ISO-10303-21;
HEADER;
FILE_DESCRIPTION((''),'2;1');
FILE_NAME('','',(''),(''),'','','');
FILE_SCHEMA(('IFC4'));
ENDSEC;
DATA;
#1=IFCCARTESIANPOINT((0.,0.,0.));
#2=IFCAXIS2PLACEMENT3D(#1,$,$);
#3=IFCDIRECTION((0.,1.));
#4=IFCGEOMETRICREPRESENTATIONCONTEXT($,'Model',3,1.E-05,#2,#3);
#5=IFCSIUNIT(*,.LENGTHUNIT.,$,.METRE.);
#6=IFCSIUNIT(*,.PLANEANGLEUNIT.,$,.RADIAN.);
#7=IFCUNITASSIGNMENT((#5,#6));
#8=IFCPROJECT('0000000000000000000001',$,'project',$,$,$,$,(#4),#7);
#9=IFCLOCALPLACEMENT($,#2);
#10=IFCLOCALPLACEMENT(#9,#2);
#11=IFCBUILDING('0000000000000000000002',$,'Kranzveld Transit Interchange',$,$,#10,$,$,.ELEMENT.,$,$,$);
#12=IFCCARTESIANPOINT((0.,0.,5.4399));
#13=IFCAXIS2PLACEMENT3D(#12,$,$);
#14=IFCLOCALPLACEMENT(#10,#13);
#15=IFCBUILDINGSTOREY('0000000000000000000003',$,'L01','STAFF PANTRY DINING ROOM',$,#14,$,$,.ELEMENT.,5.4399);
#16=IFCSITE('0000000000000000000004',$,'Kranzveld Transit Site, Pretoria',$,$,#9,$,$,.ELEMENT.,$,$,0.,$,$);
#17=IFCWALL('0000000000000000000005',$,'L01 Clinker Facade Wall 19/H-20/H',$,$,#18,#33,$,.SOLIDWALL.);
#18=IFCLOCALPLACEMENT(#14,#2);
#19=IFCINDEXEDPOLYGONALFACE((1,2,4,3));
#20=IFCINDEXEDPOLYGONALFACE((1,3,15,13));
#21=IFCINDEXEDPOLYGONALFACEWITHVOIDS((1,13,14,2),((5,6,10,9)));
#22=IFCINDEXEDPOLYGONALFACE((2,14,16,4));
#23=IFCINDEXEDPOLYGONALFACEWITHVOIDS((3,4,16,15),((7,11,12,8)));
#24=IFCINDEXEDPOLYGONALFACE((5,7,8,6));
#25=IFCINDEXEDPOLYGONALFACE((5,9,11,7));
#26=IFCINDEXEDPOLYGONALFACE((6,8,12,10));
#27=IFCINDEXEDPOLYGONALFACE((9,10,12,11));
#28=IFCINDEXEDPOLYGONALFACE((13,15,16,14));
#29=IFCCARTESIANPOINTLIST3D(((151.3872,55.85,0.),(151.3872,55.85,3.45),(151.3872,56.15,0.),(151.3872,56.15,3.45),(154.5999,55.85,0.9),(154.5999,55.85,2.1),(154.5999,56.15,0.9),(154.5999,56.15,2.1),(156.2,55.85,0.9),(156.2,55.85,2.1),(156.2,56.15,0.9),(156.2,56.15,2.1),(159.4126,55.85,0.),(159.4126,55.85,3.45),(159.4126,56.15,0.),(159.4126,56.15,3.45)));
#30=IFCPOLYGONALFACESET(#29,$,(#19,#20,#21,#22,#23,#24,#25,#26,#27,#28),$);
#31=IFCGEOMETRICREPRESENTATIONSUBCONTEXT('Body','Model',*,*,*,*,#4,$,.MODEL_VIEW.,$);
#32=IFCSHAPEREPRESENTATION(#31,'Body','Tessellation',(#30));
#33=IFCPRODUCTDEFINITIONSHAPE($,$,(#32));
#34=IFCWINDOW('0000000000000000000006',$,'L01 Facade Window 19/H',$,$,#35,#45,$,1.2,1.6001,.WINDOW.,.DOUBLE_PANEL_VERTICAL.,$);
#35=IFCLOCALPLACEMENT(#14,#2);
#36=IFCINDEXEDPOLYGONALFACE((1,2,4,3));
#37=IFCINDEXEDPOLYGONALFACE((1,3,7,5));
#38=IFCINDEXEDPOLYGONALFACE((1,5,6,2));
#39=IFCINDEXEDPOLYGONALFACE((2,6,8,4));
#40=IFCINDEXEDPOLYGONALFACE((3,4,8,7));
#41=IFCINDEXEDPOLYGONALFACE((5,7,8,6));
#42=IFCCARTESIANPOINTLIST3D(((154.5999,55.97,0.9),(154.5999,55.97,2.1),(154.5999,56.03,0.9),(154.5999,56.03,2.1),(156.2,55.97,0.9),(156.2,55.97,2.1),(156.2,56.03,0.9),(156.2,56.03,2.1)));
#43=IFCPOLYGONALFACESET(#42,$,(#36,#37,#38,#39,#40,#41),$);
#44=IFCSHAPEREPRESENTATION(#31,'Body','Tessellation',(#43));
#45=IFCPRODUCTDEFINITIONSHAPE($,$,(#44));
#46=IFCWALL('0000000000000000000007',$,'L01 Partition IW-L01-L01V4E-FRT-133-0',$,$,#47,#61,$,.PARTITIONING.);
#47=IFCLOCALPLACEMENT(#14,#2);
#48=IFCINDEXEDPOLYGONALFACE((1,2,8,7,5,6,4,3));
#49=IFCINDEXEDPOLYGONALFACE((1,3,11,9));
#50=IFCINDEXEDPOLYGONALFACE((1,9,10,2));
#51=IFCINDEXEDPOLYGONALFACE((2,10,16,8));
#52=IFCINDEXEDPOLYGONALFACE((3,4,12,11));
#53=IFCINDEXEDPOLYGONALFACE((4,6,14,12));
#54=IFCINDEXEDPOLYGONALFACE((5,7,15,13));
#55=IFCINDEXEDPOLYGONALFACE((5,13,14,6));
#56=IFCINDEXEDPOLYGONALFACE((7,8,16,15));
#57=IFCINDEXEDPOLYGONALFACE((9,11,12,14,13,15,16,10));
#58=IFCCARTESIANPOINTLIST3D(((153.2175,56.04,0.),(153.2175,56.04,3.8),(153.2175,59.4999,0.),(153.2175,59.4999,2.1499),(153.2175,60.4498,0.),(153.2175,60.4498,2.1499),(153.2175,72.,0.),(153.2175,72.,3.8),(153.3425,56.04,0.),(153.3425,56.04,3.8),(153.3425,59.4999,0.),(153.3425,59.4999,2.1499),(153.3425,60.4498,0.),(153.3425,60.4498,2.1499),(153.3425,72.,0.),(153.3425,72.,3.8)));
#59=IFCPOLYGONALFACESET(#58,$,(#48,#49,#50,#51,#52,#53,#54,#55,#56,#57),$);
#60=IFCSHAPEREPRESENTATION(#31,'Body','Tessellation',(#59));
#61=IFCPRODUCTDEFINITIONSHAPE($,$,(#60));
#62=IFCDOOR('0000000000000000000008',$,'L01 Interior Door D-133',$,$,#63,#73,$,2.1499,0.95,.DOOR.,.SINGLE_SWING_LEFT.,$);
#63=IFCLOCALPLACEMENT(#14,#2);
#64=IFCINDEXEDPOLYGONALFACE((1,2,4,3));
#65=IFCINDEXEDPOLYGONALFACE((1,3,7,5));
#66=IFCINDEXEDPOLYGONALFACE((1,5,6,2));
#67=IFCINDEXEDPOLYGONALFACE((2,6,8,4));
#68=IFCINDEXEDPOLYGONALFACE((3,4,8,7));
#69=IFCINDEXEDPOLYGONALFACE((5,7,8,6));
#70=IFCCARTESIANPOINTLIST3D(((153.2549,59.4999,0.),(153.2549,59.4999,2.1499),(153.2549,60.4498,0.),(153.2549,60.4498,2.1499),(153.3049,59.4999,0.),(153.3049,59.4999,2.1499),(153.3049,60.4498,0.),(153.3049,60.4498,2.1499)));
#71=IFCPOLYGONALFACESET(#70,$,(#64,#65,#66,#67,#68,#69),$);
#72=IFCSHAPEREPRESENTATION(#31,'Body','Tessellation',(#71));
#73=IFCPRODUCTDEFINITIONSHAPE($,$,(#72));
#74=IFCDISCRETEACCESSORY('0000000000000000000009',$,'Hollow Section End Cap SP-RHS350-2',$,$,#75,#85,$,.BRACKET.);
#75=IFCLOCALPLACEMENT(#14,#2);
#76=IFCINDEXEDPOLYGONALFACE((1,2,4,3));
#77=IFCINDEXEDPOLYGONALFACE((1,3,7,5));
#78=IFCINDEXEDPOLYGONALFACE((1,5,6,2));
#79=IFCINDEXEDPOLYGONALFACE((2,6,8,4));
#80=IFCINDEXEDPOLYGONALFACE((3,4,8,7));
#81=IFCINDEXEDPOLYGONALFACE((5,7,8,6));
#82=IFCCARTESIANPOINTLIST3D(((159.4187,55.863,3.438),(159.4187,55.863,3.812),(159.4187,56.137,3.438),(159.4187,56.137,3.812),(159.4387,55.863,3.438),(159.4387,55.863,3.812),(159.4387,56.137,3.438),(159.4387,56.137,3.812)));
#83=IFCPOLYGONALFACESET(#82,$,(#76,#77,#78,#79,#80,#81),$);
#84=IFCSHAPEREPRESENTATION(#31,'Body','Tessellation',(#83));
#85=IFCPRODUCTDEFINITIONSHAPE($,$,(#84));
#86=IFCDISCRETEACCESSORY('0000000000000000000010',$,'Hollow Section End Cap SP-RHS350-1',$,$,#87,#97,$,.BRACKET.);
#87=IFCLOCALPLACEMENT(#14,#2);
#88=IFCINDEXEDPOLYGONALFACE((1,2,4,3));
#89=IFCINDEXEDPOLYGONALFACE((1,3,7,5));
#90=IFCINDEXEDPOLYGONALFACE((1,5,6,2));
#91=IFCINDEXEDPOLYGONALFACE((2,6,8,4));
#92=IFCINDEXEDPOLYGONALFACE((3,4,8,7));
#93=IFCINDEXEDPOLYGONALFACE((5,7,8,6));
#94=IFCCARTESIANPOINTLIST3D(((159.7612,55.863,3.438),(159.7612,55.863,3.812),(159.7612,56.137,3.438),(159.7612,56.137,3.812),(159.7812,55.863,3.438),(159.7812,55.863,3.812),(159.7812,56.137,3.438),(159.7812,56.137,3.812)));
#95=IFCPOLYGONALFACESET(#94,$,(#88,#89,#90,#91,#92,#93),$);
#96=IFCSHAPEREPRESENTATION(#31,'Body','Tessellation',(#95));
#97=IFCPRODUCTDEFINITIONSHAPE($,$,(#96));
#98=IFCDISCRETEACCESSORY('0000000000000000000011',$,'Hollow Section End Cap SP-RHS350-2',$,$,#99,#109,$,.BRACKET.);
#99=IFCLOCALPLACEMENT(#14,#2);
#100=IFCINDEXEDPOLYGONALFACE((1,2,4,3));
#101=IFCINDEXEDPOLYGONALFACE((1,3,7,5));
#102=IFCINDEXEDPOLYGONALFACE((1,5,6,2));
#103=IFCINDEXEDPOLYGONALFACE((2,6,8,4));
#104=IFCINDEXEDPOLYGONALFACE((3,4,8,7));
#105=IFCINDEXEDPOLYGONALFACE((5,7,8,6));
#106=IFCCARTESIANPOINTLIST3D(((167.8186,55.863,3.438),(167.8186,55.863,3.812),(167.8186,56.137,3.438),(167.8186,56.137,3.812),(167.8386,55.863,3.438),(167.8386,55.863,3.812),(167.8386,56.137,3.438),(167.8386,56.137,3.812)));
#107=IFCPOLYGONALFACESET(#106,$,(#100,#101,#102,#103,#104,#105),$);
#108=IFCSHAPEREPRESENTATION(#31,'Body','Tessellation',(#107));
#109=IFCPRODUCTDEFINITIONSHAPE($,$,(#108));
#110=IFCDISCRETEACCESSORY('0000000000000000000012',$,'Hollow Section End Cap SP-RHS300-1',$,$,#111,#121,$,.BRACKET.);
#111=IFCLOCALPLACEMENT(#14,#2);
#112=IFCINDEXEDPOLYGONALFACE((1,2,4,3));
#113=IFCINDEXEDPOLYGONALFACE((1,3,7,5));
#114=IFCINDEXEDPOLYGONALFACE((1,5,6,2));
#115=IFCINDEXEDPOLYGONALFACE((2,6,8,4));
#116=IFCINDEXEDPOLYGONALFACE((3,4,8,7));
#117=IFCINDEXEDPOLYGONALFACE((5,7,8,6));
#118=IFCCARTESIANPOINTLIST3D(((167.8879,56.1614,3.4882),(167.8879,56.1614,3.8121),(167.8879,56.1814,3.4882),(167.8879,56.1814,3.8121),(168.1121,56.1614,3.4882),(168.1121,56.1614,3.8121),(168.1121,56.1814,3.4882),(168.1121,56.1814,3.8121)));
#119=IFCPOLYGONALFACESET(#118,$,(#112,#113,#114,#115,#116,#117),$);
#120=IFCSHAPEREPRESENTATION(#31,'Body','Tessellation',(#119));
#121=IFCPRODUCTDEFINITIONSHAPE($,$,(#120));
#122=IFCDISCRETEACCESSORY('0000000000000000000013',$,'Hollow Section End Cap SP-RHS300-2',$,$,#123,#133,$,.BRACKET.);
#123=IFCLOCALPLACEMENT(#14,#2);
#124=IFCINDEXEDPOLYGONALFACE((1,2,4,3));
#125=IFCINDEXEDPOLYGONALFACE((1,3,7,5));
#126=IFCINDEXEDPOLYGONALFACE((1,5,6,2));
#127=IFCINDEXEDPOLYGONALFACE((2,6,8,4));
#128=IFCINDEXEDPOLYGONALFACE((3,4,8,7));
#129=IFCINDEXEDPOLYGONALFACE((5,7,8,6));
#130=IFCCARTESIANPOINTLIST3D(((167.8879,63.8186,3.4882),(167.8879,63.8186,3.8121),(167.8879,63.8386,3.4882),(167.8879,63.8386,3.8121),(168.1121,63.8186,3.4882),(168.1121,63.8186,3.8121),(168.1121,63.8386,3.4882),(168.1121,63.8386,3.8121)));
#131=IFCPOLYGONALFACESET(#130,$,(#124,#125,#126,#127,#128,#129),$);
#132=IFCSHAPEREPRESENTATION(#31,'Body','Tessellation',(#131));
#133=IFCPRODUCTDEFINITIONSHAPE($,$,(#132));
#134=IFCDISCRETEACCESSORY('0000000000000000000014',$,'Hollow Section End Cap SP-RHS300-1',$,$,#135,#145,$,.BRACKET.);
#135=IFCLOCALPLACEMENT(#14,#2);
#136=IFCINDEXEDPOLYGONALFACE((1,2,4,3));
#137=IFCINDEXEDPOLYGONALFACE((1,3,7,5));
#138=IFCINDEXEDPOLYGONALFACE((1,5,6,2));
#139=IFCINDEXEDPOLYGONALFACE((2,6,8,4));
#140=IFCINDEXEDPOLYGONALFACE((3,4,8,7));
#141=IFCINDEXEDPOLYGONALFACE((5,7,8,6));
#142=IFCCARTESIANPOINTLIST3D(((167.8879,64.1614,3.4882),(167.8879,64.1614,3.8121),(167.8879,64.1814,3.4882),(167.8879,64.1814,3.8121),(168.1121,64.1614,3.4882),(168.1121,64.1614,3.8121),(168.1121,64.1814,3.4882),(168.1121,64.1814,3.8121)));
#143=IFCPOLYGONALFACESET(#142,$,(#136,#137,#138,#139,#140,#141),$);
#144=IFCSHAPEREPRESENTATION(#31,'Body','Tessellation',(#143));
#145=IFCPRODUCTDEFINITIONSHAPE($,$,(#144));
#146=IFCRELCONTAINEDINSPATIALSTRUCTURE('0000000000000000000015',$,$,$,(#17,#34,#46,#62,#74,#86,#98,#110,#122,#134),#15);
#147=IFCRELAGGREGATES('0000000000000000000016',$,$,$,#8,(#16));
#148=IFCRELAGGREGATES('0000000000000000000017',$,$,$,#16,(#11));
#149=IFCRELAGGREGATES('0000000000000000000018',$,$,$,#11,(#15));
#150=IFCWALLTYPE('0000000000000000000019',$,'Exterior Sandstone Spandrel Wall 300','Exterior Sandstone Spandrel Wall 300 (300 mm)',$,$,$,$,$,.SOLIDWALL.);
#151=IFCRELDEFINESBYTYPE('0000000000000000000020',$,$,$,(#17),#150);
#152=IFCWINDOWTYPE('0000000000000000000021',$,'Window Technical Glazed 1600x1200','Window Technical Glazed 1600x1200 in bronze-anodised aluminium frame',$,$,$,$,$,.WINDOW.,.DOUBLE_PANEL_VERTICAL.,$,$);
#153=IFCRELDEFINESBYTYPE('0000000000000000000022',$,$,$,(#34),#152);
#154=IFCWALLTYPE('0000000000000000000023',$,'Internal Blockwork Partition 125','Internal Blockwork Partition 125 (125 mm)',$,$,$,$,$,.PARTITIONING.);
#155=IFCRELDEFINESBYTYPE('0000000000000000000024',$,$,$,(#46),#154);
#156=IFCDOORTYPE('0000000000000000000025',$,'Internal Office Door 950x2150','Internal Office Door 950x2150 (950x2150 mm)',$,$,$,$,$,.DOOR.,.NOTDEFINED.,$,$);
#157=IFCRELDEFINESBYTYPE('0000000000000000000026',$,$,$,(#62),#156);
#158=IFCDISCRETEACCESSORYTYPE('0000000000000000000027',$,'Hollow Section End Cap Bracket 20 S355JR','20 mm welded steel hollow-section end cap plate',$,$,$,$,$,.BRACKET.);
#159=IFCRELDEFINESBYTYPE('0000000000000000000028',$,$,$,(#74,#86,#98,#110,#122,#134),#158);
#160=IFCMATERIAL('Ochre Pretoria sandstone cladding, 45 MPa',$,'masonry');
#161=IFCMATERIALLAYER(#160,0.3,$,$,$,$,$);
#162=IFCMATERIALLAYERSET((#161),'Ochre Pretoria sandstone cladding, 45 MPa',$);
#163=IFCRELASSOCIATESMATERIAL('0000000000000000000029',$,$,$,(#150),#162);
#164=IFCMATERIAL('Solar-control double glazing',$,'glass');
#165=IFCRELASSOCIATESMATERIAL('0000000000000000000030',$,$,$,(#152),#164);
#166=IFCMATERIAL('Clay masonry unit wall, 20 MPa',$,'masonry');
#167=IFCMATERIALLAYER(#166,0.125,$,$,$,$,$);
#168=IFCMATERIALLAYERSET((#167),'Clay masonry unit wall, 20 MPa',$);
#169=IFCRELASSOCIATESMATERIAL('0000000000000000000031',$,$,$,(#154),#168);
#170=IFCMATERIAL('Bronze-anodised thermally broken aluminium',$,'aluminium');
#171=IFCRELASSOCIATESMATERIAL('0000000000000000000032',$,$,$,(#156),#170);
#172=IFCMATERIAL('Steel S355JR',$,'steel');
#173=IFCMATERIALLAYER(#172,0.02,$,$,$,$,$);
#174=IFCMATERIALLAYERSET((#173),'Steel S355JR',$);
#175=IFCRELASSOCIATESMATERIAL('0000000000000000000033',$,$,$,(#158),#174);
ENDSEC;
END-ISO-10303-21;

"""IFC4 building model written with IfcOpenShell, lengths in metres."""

from ifc_helpers import new_model, si_unit, direction, frame, frame_2d, origin, origin_2d, place, context, subcontext, project, spatial, rectangle, extrude, material, layer, layer_set, type_object, element, fill, save


model = new_model("IFC4")

# Units and contexts
model_context = context("Model", 3, precision=1e-05, world=origin(), true_north=direction((0.0, 1.0)))
body_context = subcontext(model_context, "Body", "Model", "MODEL_VIEW")
ifc_project = project(units=[si_unit("LENGTHUNIT", "METRE"), si_unit("PLANEANGLEUNIT", "RADIAN")], contexts=[model_context])

# Site, building, storey
site_placement = place(None, origin())
site = spatial("IfcSite", under=ifc_project, at=site_placement, Name="Kranzveld Transit Site, Pretoria", CompositionType="ELEMENT", RefElevation=0.0)
building_placement = place(site_placement, origin())
building = spatial("IfcBuilding", under=site, at=building_placement, Name="Kranzveld Transit Interchange", CompositionType="ELEMENT")
storey_placement = place(building_placement, frame((0.0, 0.0, 5.4399)))
storey = spatial("IfcBuildingStorey", under=building, at=storey_placement, Name="L01", Description="STAFF PANTRY DINING ROOM", CompositionType="ELEMENT", Elevation=5.4399)

# Wall, opening, window
ifc_material_1 = material(Name="Ochre Pretoria sandstone cladding, 45 MPa", Category="masonry")
ifc_layer_1 = layer(ifc_material_1, 0.3)
ifc_layer_set_1 = layer_set([ifc_layer_1], Name="Ochre Pretoria sandstone cladding, 45 MPa")
wall_type_1 = type_object("IfcWallType", Name="Exterior Sandstone Spandrel Wall 300", Description="Exterior Sandstone Spandrel Wall 300 (300 mm)", PredefinedType="SOLIDWALL", material=ifc_layer_set_1)
wall_1_placement = place(storey_placement, frame((151.3872, 56.0, 0.0), z_axis=(0.0, 0.0, 1.0), x_axis=(1.0, 0.0, 0.0)))
wall_1 = element("IfcWall", 1, at=wall_1_placement, inside=storey, type_object=wall_type_1, Name="L01 Clinker Facade Wall 19/H-20/H", PredefinedType="SOLIDWALL", context=body_context, shape_type="SweptSolid", body=[
    extrude(rectangle(XDim=8.0254, YDim=0.3, at=frame_2d((4.0127, 0.0))), origin(), (0.0, 0.0, 1.0), 3.45),
])
opening_1_placement = place(wall_1_placement, frame((3.2126, 0.0, 0.8999), z_axis=(0.0, 0.0, 1.0), x_axis=(1.0, 0.0, 0.0)))
opening_1 = element("IfcOpeningElement", 2, at=opening_1_placement, cuts=wall_1, PredefinedType="OPENING", context=body_context, shape_type="SweptSolid", body=[
    extrude(rectangle(XDim=1.6001, YDim=1.2, at=frame_2d((0.8, 0.6001))), frame((0.0, 0.1599, 0.0), z_axis=(0.0, -1.0, 0.0), x_axis=(1.0, 0.0, 0.0)), (0.0, 0.0, 1.0), 0.3201),
])
ifc_material_2 = material(Name="Solar-control double glazing", Category="glass")
window_type_1 = type_object("IfcWindowType", Name="Window Technical Glazed 1600x1200", Description="Window Technical Glazed 1600x1200 in bronze-anodised aluminium frame", PartitioningType="DOUBLE_PANEL_VERTICAL", PredefinedType="WINDOW", material=ifc_material_2)
window_1_placement = place(opening_1_placement, origin())
window_1 = element("IfcWindow", 3, at=window_1_placement, inside=storey, type_object=window_type_1, Name="L01 Facade Window 19/H", OverallHeight=1.2, OverallWidth=1.6001, PartitioningType="DOUBLE_PANEL_VERTICAL", PredefinedType="WINDOW", context=body_context, shape_type="SweptSolid", body=[
    extrude(rectangle(XDim=1.6001, YDim=1.2, at=frame_2d((0.8, 0.6001))), frame((0.0, 0.03, 0.0), z_axis=(0.0, -1.0, 0.0), x_axis=(1.0, 0.0, 0.0)), (0.0, 0.0, 1.0), 0.0601),
])
fill(opening_1, window_1)

# Wall, opening, door
ifc_material_3 = material(Name="Clay masonry unit wall, 20 MPa", Category="masonry")
ifc_layer_2 = layer(ifc_material_3, 0.125)
ifc_layer_set_2 = layer_set([ifc_layer_2], Name="Clay masonry unit wall, 20 MPa")
wall_type_2 = type_object("IfcWallType", Name="Internal Blockwork Partition 125", Description="Internal Blockwork Partition 125 (125 mm)", PredefinedType="PARTITIONING", material=ifc_layer_set_2)
wall_2_placement = place(storey_placement, frame((153.28, 56.04, 0.0), z_axis=(0.0, 0.0, 1.0), x_axis=(0.0, 1.0, 0.0)))
wall_2 = element("IfcWall", 4, at=wall_2_placement, inside=storey, type_object=wall_type_2, Name="L01 Partition IW-L01-L01V4E-FRT-133-0", PredefinedType="PARTITIONING", context=body_context, shape_type="SweptSolid", body=[
    extrude(rectangle(XDim=15.96, YDim=0.125, at=frame_2d((7.98, 0.0))), origin(), (0.0, 0.0, 1.0), 3.8),
])
opening_2_placement = place(wall_2_placement, frame((4.4099, 0.0, 0.0), z_axis=(0.0, 0.0, 1.0), x_axis=(-1.0, 0.0, 0.0)))
opening_2 = element("IfcOpeningElement", 5, at=opening_2_placement, cuts=wall_2, PredefinedType="OPENING", context=body_context, shape_type="SweptSolid", body=[
    extrude(rectangle(XDim=0.95, YDim=2.1499, at=frame_2d((0.4751, 1.075))), frame((0.0, 0.0725, 0.0), z_axis=(0.0, -1.0, 0.0), x_axis=(1.0, 0.0, 0.0)), (0.0, 0.0, 1.0), 0.145),
])
ifc_material_4 = material(Name="Bronze-anodised thermally broken aluminium", Category="aluminium")
door_type = type_object("IfcDoorType", Name="Internal Office Door 950x2150", Description="Internal Office Door 950x2150 (950x2150 mm)", OperationType="NOTDEFINED", PredefinedType="DOOR", material=ifc_material_4)
door_placement = place(opening_2_placement, origin())
door = element("IfcDoor", 6, at=door_placement, inside=storey, type_object=door_type, Name="L01 Interior Door D-133", OperationType="SINGLE_SWING_LEFT", OverallHeight=2.1499, OverallWidth=0.95, PredefinedType="DOOR", context=body_context, shape_type="SweptSolid", body=[
    extrude(rectangle(XDim=0.95, YDim=2.1499, at=frame_2d((0.4751, 1.075))), frame((0.0, 0.0249, 0.0), z_axis=(0.0, -1.0, 0.0), x_axis=(1.0, 0.0, 0.0)), (0.0, 0.0, 1.0), 0.05),
])
fill(opening_2, door)

# Discrete accessories
ifc_material_5 = material(Name="Steel S355JR", Category="steel")
ifc_layer_3 = layer(ifc_material_5, 0.02)
ifc_layer_set_3 = layer_set([ifc_layer_3], Name="Steel S355JR")
discrete_accessory_type = type_object("IfcDiscreteAccessoryType", Name="Hollow Section End Cap Bracket 20 S355JR", Description="20 mm welded steel hollow-section end cap plate", PredefinedType="BRACKET", material=ifc_layer_set_3)
for number, where, z_axis, x_axis, name in (
    (7, (159.4187, 56.0, 3.625), (1.0, 0.0, 0.0), (0.0, 1.0, 0.0), "Hollow Section End Cap SP-RHS350-2"),
    (8, (159.7812, 56.0, 3.625), (-1.0, 0.0, 0.0), (0.0, -1.0, 0.0), "Hollow Section End Cap SP-RHS350-1"),
    (9, (167.8186, 56.0, 3.625), (1.0, 0.0, 0.0), (0.0, 1.0, 0.0), "Hollow Section End Cap SP-RHS350-2"),
):
    element("IfcDiscreteAccessory", number, at=place(storey_placement, frame(where, z_axis=z_axis, x_axis=x_axis)), inside=storey, type_object=discrete_accessory_type, Name=name, PredefinedType="BRACKET", context=body_context, shape_type="SweptSolid", body=[
        extrude(rectangle(XDim=0.2739, YDim=0.374, at=origin_2d()), origin(), (0.0, 0.0, 1.0), 0.02),
    ])
for number, where, z_axis, x_axis, name in (
    (10, (168.0, 56.1814, 3.6501), (0.0, -1.0, 0.0), (1.0, 0.0, 0.0), "Hollow Section End Cap SP-RHS300-1"),
    (11, (168.0, 63.8186, 3.6501), (0.0, 1.0, 0.0), (-1.0, 0.0, 0.0), "Hollow Section End Cap SP-RHS300-2"),
    (12, (168.0, 64.1814, 3.6501), (0.0, -1.0, 0.0), (1.0, 0.0, 0.0), "Hollow Section End Cap SP-RHS300-1"),
):
    element("IfcDiscreteAccessory", number, at=place(storey_placement, frame(where, z_axis=z_axis, x_axis=x_axis)), inside=storey, type_object=discrete_accessory_type, Name=name, PredefinedType="BRACKET", context=body_context, shape_type="SweptSolid", body=[
        extrude(rectangle(XDim=0.2241, YDim=0.324, at=origin_2d()), origin(), (0.0, 0.0, 1.0), 0.02),
    ])

save(model, "model.ifc")
